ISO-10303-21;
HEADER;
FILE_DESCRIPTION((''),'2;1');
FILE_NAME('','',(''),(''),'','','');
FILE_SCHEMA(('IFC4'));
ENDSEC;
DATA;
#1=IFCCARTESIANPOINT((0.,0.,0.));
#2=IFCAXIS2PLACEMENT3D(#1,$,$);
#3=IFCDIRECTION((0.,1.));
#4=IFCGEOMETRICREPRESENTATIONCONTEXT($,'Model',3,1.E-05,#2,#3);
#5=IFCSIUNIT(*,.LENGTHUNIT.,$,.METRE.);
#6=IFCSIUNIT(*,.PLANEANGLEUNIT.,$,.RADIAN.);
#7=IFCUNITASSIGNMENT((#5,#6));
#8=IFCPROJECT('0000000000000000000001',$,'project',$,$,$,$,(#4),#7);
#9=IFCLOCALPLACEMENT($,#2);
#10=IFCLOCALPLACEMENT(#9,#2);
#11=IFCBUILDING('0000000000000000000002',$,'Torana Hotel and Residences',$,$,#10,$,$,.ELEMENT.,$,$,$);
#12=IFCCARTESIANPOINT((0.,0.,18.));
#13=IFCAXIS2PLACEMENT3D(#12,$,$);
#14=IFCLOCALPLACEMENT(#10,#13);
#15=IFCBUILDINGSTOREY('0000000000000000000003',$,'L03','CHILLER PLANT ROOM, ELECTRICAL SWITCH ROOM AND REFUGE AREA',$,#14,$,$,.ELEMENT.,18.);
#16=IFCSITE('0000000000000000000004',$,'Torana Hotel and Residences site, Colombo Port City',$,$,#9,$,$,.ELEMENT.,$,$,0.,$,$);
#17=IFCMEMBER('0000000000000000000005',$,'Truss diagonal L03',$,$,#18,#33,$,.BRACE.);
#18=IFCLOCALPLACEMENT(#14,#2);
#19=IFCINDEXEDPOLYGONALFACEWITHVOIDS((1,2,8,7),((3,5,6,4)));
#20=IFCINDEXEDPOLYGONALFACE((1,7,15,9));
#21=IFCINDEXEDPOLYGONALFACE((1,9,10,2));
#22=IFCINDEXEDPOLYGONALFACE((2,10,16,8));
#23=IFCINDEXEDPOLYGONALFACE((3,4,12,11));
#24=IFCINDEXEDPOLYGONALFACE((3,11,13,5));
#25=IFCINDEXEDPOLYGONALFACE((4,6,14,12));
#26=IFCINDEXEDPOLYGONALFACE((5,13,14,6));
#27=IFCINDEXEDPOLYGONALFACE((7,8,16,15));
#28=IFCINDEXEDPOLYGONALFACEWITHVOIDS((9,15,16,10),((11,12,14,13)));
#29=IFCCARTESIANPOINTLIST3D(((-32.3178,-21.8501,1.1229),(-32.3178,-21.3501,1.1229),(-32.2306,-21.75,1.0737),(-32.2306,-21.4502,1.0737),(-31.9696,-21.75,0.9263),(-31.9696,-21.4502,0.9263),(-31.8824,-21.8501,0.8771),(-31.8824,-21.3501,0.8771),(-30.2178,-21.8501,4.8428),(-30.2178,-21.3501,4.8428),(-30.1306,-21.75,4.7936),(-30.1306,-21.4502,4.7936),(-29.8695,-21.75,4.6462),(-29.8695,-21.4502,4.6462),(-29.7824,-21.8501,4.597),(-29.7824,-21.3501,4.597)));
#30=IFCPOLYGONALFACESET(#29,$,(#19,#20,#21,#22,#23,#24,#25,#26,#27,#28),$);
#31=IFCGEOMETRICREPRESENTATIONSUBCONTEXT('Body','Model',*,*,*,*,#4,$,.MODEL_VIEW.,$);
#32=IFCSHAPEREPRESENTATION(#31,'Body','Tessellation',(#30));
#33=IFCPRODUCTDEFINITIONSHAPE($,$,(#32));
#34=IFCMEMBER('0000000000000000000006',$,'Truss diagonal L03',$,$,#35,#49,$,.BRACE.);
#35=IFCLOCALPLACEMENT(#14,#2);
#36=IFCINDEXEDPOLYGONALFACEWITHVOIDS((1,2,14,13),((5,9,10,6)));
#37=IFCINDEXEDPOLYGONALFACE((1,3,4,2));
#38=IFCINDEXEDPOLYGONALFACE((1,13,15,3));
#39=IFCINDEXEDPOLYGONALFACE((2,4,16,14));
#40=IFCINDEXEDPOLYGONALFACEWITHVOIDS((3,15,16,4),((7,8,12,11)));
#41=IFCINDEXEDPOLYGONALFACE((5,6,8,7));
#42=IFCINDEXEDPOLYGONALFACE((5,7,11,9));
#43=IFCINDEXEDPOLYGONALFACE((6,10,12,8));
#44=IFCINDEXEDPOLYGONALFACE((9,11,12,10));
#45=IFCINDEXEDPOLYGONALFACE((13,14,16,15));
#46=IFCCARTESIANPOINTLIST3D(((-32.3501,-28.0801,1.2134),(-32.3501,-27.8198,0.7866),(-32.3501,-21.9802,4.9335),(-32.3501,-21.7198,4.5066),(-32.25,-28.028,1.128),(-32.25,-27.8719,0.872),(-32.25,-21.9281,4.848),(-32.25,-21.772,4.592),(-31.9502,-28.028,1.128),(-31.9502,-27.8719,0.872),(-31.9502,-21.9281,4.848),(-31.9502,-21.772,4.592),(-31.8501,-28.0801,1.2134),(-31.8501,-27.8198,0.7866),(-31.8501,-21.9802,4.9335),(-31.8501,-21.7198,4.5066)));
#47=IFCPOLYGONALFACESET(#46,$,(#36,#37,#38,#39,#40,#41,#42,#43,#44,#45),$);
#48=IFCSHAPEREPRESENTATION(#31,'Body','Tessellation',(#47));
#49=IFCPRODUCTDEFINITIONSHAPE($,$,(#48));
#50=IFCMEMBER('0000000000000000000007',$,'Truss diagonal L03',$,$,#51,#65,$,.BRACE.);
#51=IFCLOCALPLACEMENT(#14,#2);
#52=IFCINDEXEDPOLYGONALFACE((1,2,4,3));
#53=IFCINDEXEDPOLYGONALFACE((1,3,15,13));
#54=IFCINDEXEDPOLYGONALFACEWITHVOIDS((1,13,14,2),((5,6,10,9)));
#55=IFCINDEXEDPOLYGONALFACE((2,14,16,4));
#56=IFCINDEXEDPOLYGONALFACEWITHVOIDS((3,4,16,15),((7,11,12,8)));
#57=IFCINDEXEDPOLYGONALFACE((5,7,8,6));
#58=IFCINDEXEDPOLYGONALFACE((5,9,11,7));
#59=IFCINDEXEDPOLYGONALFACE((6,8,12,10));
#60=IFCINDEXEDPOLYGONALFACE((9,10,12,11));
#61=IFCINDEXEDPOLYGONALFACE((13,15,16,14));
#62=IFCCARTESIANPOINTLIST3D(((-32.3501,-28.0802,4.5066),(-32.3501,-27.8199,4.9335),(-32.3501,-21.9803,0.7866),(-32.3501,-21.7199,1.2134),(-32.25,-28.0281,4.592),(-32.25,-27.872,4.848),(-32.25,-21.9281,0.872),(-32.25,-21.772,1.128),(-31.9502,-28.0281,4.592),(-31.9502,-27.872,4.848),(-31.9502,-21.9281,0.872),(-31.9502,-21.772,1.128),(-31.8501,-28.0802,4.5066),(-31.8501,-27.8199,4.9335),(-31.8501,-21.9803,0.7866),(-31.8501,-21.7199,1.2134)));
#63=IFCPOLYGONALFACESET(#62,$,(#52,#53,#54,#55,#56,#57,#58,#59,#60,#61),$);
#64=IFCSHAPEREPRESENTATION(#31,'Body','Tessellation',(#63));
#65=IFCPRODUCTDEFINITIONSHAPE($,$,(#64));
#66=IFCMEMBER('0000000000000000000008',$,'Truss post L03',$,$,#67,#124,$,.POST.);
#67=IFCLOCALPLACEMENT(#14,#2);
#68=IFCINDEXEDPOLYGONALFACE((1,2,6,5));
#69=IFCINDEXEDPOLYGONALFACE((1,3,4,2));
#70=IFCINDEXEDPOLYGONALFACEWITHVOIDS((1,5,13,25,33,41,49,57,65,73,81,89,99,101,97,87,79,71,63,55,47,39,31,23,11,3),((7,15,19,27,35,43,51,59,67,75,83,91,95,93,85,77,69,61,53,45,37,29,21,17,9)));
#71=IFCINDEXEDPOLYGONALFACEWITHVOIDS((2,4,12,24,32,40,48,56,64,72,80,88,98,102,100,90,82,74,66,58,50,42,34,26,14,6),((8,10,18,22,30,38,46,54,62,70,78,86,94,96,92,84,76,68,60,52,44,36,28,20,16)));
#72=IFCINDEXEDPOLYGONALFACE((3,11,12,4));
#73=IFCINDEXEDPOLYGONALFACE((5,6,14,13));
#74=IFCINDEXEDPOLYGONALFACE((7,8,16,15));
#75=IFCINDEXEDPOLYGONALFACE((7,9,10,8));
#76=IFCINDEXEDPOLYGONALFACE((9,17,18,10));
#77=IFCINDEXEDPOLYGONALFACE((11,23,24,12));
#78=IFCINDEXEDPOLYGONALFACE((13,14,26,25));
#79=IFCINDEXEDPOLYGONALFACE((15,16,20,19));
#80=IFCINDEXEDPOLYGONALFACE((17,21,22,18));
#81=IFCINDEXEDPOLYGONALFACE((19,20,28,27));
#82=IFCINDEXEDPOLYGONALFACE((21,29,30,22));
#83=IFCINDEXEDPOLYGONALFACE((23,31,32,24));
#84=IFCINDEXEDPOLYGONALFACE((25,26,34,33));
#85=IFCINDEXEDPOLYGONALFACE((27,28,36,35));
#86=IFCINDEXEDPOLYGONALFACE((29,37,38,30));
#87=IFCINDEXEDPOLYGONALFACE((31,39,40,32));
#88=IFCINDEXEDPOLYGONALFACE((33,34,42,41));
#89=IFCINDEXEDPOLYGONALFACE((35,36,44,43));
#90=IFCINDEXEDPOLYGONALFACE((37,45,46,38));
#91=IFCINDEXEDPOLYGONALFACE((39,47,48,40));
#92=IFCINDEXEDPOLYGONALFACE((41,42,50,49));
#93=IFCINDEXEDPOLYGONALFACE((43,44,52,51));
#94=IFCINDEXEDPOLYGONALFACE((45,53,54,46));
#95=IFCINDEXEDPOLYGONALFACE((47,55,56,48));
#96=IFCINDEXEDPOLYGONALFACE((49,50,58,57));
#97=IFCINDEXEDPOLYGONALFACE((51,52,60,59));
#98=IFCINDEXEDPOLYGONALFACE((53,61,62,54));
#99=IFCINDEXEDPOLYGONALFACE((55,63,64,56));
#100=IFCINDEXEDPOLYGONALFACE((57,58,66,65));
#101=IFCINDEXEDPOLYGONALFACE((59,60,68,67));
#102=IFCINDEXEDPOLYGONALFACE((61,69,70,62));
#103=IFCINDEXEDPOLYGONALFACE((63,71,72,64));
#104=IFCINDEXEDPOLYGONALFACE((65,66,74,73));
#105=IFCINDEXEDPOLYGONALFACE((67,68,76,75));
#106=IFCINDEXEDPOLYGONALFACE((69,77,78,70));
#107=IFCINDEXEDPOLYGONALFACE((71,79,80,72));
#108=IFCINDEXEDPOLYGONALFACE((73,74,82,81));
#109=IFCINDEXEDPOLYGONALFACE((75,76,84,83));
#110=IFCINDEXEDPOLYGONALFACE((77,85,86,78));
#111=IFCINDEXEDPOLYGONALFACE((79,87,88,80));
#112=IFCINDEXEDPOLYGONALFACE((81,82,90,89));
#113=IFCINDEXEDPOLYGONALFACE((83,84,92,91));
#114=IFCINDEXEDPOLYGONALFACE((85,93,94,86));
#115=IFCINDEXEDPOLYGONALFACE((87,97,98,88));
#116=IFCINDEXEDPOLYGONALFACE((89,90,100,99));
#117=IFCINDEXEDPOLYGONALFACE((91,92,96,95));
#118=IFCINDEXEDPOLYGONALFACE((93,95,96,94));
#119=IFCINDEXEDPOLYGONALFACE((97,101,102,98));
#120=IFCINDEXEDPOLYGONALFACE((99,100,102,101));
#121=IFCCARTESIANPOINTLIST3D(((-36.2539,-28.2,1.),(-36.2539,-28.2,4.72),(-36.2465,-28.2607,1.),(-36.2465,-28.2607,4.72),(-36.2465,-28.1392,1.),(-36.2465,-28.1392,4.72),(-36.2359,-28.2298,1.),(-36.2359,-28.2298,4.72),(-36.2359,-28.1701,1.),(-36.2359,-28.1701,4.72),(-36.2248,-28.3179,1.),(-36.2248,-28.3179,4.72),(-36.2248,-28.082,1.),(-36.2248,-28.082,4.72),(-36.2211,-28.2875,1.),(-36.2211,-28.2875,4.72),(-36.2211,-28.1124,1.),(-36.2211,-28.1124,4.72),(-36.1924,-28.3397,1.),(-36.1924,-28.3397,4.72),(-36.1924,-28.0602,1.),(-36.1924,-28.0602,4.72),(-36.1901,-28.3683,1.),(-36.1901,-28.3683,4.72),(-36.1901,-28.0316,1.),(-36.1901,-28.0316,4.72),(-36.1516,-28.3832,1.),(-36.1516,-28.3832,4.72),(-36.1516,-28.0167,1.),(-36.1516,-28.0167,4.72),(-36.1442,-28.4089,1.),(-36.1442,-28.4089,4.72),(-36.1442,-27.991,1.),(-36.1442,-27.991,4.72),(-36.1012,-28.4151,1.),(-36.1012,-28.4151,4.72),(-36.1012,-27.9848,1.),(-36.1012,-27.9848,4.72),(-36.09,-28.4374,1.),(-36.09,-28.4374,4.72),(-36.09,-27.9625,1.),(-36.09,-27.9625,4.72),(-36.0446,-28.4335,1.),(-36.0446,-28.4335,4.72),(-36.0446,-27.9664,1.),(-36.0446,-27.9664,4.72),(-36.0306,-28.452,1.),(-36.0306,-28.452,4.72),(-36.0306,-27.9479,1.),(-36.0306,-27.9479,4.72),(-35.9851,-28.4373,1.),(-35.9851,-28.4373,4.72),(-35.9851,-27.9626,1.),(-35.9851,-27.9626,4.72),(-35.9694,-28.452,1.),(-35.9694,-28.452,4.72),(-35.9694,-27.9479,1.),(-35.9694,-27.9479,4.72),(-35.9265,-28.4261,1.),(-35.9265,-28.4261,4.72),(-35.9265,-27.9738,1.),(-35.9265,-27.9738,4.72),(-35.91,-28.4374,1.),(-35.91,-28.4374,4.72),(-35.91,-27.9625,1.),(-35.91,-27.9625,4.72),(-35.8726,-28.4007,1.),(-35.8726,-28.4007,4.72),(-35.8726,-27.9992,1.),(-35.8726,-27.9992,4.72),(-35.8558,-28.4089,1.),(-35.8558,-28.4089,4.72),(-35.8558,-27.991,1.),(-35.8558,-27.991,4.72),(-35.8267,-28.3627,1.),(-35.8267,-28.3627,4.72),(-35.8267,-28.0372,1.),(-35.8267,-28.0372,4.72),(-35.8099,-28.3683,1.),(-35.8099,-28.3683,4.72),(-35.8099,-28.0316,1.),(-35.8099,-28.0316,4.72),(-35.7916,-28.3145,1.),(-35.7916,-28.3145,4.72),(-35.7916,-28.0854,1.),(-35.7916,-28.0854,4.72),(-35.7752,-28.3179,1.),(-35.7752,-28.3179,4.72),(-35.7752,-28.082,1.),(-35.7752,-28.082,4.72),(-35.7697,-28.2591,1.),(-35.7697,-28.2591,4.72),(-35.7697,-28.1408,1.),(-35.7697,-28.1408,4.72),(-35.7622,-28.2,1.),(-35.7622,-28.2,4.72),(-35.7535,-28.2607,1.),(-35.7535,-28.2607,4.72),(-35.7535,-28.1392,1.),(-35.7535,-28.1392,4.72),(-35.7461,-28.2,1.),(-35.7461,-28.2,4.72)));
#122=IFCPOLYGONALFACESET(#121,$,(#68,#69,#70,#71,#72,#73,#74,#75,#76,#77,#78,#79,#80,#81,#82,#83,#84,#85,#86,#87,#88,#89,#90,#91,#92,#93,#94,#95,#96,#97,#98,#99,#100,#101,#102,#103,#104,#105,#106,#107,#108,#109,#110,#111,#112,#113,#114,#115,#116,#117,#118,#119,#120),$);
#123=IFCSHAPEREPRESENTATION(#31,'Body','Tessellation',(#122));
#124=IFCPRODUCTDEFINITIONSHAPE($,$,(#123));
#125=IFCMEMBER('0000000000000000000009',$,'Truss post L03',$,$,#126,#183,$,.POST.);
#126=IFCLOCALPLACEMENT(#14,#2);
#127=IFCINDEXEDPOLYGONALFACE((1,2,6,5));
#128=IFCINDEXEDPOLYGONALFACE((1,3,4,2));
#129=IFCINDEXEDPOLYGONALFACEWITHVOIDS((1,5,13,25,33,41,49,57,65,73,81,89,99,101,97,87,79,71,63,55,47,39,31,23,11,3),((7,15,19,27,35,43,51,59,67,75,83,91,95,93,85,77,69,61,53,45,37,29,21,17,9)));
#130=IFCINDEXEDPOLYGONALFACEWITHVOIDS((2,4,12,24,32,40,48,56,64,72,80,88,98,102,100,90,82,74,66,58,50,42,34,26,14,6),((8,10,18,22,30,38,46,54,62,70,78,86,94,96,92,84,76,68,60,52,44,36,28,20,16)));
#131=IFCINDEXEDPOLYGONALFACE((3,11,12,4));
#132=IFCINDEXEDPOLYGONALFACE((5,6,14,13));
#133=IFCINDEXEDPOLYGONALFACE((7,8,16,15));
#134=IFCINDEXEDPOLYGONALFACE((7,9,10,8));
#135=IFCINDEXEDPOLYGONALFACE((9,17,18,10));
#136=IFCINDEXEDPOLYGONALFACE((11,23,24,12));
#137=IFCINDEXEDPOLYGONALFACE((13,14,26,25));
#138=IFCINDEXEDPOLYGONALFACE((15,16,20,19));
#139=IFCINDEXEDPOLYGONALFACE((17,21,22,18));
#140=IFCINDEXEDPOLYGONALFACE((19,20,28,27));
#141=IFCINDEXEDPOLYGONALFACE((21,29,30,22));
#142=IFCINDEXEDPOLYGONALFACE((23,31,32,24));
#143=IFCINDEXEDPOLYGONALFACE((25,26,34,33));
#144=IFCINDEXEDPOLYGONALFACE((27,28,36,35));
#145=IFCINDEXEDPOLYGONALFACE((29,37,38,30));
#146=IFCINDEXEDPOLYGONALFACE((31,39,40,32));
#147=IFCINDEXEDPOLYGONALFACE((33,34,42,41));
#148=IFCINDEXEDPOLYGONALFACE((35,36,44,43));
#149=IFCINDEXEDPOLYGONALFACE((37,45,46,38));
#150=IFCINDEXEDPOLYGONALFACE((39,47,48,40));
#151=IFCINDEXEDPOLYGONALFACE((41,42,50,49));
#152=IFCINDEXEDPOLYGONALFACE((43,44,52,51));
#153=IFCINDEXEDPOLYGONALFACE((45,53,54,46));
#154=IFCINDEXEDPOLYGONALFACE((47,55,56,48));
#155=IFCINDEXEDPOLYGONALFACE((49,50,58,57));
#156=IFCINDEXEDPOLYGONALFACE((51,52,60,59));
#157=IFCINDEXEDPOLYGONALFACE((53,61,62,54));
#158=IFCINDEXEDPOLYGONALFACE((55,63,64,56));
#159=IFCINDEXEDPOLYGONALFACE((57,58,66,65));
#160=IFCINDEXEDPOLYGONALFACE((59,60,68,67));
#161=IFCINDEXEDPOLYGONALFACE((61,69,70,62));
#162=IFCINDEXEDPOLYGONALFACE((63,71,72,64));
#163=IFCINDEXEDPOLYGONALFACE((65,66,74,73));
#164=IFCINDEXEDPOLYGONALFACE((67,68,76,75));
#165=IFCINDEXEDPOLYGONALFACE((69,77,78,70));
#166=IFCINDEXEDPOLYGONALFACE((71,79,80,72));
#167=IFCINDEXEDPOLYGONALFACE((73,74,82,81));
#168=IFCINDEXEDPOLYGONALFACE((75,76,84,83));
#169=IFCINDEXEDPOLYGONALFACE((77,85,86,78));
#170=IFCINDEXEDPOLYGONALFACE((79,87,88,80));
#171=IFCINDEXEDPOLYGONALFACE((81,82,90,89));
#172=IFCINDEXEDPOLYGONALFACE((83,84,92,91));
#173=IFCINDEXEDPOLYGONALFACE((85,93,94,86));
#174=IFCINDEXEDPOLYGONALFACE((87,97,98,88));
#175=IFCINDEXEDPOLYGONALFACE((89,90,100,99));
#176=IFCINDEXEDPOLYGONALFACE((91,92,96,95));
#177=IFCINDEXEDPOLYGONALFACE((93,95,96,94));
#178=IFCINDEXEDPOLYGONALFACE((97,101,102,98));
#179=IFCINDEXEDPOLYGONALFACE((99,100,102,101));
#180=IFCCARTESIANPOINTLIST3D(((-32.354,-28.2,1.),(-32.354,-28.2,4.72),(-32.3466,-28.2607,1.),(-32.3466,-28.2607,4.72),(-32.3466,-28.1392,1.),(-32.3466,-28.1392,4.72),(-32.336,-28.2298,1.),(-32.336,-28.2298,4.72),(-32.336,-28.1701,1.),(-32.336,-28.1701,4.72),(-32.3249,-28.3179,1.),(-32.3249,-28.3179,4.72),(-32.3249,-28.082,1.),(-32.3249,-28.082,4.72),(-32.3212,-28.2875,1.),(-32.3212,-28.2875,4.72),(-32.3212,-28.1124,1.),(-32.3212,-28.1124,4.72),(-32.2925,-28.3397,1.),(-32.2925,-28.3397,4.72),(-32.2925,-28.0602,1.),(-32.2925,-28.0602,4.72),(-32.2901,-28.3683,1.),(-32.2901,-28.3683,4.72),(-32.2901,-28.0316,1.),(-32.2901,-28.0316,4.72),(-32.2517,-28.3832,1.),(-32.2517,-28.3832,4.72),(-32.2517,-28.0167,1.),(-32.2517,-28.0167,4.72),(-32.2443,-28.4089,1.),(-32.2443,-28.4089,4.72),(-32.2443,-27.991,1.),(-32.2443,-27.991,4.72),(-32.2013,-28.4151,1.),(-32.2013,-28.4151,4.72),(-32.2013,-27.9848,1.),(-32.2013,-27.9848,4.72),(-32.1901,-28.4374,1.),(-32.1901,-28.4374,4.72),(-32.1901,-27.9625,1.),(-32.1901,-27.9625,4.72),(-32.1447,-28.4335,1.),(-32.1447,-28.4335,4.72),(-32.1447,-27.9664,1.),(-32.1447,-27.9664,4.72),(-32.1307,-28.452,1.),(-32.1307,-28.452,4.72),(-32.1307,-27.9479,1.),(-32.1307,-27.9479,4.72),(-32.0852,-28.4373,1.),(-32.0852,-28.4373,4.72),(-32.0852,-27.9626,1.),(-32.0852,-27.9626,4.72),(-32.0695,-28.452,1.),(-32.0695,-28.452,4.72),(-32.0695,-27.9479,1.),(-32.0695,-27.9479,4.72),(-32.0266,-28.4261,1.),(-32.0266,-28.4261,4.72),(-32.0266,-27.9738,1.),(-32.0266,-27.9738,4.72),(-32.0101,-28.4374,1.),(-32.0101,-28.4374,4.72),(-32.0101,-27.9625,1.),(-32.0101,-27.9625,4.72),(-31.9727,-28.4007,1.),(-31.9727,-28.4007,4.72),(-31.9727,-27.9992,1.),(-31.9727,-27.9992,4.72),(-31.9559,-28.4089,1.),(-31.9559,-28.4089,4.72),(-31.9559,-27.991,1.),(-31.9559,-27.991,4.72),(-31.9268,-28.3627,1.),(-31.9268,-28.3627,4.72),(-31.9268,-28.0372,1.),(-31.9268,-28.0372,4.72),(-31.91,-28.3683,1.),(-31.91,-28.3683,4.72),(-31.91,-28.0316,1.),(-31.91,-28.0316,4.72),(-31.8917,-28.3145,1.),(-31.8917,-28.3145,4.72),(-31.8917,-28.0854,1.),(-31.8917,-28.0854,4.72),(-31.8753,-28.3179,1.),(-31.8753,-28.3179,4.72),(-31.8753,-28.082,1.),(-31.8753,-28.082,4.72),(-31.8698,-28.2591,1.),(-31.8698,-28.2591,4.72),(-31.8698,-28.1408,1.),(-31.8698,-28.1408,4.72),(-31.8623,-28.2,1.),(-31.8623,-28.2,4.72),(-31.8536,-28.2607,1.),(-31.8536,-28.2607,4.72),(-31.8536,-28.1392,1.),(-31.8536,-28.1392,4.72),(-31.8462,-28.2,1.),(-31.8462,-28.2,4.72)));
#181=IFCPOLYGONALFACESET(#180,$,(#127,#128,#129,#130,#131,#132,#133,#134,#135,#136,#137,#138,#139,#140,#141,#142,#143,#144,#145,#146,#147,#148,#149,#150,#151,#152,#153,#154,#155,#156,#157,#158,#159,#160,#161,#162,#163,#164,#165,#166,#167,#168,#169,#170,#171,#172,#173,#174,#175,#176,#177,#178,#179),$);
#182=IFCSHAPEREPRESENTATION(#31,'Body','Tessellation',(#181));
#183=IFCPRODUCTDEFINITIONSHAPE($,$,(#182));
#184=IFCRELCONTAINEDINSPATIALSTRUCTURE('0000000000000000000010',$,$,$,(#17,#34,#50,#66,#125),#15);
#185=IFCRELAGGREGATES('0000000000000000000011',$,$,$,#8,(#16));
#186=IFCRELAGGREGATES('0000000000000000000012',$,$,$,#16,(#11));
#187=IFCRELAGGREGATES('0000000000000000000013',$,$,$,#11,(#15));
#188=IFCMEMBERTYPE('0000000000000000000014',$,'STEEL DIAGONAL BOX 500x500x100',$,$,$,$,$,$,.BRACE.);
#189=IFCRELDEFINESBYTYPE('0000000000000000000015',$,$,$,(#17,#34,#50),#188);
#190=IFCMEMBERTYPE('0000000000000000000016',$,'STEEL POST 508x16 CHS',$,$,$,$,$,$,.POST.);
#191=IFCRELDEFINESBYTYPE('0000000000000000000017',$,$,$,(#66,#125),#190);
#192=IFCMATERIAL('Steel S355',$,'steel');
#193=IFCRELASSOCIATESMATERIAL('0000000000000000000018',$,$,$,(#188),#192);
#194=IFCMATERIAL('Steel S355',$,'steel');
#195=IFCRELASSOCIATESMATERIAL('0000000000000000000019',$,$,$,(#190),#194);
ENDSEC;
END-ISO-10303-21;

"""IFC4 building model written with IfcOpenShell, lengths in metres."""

from ifc_helpers import new_model, si_unit, direction, frame, origin, origin_2d, place, context, subcontext, project, spatial, hollow_rectangle, hollow_circle, extrude, material, material_profile, profile_set, type_object, element, save


model = new_model("IFC4")

# Units and contexts
model_context = context("Model", 3, precision=1e-05, world=origin(), true_north=direction((0.0, 1.0)))
body_context = subcontext(model_context, "Body", "Model", "MODEL_VIEW")
ifc_project = project(units=[si_unit("LENGTHUNIT", "METRE"), si_unit("PLANEANGLEUNIT", "RADIAN")], contexts=[model_context])

# Site, building, storey
site_placement = place(None, origin())
site = spatial("IfcSite", under=ifc_project, at=site_placement, Name="Torana Hotel and Residences site, Colombo Port City", CompositionType="ELEMENT", RefElevation=0.0)
building_placement = place(site_placement, origin())
building = spatial("IfcBuilding", under=site, at=building_placement, Name="Torana Hotel and Residences", CompositionType="ELEMENT")
storey_placement = place(building_placement, frame((0.0, 0.0, 18.0)))
storey = spatial("IfcBuildingStorey", under=building, at=storey_placement, Name="L03", Description="CHILLER PLANT ROOM, ELECTRICAL SWITCH ROOM AND REFUGE AREA", CompositionType="ELEMENT", Elevation=18.0)

# Members
ifc_material_1 = material(Name="Steel S355", Category="steel")
ifc_material_profile_1 = material_profile(ifc_material_1, hollow_rectangle(XDim=0.5, YDim=0.5, WallThickness=0.1001, at=origin_2d()), Name="BOX 500x500x100")
ifc_profile_set_1 = profile_set([ifc_material_profile_1], Name="Steel S355")
member_type_1 = type_object("IfcMemberType", Name="STEEL DIAGONAL BOX 500x500x100", PredefinedType="BRACE", material=ifc_profile_set_1)
for number, where, z_axis, x_axis, name in (
    (1, (-32.1001, -21.6001, 1.0), (0.491615, 0.0, 0.870813), (0.0, 1.0, 0.0), "Truss diagonal L03"),
):
    element("IfcMember", number, at=place(storey_placement, frame(where, z_axis=z_axis, x_axis=x_axis)), inside=storey, type_object=member_type_1, Name=name, PredefinedType="BRACE", context=body_context, shape_type="SweptSolid", body=[
        extrude(hollow_rectangle(XDim=0.5, YDim=0.5, WallThickness=0.1001, at=origin_2d()), origin(), (0.0, 0.0, 1.0), 4.2717),
    ])
for number, where, z_axis, x_axis, name in (
    (2, (-32.1001, -27.95, 1.0), (0.0, 0.853762, 0.520663), (-1.0, 0.0, 0.0), "Truss diagonal L03"),
    (3, (-32.1001, -21.8501, 1.0), (0.0, -0.853762, 0.520663), (1.0, 0.0, 0.0), "Truss diagonal L03"),
):
    element("IfcMember", number, at=place(storey_placement, frame(where, z_axis=z_axis, x_axis=x_axis)), inside=storey, type_object=member_type_1, Name=name, PredefinedType="BRACE", context=body_context, shape_type="SweptSolid", body=[
        extrude(hollow_rectangle(XDim=0.5, YDim=0.5, WallThickness=0.1001, at=origin_2d()), origin(), (0.0, 0.0, 1.0), 7.1448),
    ])
ifc_material_2 = material(Name="Steel S355", Category="steel")
ifc_material_profile_2 = material_profile(ifc_material_2, hollow_circle(Radius=0.2539, WallThickness=0.0161, at=origin_2d()), Name="508x16 CHS")
ifc_profile_set_2 = profile_set([ifc_material_profile_2], Name="Steel S355")
member_type_2 = type_object("IfcMemberType", Name="STEEL POST 508x16 CHS", PredefinedType="POST", material=ifc_profile_set_2)
for number, where, z_axis, x_axis, name in (
    (4, (-36.0, -28.2, 1.0), (0.0, 0.0, 1.0), (1.0, 0.0, 0.0), "Truss post L03"),
    (5, (-32.1001, -28.2, 1.0), (0.0, 0.0, 1.0), (1.0, 0.0, 0.0), "Truss post L03"),
):
    element("IfcMember", number, at=place(storey_placement, frame(where, z_axis=z_axis, x_axis=x_axis)), inside=storey, type_object=member_type_2, Name=name, PredefinedType="POST", context=body_context, shape_type="SweptSolid", body=[
        extrude(hollow_circle(Radius=0.2539, WallThickness=0.0161, at=origin_2d()), origin(), (0.0, 0.0, 1.0), 3.72),
    ])

save(model, "model.ifc")
